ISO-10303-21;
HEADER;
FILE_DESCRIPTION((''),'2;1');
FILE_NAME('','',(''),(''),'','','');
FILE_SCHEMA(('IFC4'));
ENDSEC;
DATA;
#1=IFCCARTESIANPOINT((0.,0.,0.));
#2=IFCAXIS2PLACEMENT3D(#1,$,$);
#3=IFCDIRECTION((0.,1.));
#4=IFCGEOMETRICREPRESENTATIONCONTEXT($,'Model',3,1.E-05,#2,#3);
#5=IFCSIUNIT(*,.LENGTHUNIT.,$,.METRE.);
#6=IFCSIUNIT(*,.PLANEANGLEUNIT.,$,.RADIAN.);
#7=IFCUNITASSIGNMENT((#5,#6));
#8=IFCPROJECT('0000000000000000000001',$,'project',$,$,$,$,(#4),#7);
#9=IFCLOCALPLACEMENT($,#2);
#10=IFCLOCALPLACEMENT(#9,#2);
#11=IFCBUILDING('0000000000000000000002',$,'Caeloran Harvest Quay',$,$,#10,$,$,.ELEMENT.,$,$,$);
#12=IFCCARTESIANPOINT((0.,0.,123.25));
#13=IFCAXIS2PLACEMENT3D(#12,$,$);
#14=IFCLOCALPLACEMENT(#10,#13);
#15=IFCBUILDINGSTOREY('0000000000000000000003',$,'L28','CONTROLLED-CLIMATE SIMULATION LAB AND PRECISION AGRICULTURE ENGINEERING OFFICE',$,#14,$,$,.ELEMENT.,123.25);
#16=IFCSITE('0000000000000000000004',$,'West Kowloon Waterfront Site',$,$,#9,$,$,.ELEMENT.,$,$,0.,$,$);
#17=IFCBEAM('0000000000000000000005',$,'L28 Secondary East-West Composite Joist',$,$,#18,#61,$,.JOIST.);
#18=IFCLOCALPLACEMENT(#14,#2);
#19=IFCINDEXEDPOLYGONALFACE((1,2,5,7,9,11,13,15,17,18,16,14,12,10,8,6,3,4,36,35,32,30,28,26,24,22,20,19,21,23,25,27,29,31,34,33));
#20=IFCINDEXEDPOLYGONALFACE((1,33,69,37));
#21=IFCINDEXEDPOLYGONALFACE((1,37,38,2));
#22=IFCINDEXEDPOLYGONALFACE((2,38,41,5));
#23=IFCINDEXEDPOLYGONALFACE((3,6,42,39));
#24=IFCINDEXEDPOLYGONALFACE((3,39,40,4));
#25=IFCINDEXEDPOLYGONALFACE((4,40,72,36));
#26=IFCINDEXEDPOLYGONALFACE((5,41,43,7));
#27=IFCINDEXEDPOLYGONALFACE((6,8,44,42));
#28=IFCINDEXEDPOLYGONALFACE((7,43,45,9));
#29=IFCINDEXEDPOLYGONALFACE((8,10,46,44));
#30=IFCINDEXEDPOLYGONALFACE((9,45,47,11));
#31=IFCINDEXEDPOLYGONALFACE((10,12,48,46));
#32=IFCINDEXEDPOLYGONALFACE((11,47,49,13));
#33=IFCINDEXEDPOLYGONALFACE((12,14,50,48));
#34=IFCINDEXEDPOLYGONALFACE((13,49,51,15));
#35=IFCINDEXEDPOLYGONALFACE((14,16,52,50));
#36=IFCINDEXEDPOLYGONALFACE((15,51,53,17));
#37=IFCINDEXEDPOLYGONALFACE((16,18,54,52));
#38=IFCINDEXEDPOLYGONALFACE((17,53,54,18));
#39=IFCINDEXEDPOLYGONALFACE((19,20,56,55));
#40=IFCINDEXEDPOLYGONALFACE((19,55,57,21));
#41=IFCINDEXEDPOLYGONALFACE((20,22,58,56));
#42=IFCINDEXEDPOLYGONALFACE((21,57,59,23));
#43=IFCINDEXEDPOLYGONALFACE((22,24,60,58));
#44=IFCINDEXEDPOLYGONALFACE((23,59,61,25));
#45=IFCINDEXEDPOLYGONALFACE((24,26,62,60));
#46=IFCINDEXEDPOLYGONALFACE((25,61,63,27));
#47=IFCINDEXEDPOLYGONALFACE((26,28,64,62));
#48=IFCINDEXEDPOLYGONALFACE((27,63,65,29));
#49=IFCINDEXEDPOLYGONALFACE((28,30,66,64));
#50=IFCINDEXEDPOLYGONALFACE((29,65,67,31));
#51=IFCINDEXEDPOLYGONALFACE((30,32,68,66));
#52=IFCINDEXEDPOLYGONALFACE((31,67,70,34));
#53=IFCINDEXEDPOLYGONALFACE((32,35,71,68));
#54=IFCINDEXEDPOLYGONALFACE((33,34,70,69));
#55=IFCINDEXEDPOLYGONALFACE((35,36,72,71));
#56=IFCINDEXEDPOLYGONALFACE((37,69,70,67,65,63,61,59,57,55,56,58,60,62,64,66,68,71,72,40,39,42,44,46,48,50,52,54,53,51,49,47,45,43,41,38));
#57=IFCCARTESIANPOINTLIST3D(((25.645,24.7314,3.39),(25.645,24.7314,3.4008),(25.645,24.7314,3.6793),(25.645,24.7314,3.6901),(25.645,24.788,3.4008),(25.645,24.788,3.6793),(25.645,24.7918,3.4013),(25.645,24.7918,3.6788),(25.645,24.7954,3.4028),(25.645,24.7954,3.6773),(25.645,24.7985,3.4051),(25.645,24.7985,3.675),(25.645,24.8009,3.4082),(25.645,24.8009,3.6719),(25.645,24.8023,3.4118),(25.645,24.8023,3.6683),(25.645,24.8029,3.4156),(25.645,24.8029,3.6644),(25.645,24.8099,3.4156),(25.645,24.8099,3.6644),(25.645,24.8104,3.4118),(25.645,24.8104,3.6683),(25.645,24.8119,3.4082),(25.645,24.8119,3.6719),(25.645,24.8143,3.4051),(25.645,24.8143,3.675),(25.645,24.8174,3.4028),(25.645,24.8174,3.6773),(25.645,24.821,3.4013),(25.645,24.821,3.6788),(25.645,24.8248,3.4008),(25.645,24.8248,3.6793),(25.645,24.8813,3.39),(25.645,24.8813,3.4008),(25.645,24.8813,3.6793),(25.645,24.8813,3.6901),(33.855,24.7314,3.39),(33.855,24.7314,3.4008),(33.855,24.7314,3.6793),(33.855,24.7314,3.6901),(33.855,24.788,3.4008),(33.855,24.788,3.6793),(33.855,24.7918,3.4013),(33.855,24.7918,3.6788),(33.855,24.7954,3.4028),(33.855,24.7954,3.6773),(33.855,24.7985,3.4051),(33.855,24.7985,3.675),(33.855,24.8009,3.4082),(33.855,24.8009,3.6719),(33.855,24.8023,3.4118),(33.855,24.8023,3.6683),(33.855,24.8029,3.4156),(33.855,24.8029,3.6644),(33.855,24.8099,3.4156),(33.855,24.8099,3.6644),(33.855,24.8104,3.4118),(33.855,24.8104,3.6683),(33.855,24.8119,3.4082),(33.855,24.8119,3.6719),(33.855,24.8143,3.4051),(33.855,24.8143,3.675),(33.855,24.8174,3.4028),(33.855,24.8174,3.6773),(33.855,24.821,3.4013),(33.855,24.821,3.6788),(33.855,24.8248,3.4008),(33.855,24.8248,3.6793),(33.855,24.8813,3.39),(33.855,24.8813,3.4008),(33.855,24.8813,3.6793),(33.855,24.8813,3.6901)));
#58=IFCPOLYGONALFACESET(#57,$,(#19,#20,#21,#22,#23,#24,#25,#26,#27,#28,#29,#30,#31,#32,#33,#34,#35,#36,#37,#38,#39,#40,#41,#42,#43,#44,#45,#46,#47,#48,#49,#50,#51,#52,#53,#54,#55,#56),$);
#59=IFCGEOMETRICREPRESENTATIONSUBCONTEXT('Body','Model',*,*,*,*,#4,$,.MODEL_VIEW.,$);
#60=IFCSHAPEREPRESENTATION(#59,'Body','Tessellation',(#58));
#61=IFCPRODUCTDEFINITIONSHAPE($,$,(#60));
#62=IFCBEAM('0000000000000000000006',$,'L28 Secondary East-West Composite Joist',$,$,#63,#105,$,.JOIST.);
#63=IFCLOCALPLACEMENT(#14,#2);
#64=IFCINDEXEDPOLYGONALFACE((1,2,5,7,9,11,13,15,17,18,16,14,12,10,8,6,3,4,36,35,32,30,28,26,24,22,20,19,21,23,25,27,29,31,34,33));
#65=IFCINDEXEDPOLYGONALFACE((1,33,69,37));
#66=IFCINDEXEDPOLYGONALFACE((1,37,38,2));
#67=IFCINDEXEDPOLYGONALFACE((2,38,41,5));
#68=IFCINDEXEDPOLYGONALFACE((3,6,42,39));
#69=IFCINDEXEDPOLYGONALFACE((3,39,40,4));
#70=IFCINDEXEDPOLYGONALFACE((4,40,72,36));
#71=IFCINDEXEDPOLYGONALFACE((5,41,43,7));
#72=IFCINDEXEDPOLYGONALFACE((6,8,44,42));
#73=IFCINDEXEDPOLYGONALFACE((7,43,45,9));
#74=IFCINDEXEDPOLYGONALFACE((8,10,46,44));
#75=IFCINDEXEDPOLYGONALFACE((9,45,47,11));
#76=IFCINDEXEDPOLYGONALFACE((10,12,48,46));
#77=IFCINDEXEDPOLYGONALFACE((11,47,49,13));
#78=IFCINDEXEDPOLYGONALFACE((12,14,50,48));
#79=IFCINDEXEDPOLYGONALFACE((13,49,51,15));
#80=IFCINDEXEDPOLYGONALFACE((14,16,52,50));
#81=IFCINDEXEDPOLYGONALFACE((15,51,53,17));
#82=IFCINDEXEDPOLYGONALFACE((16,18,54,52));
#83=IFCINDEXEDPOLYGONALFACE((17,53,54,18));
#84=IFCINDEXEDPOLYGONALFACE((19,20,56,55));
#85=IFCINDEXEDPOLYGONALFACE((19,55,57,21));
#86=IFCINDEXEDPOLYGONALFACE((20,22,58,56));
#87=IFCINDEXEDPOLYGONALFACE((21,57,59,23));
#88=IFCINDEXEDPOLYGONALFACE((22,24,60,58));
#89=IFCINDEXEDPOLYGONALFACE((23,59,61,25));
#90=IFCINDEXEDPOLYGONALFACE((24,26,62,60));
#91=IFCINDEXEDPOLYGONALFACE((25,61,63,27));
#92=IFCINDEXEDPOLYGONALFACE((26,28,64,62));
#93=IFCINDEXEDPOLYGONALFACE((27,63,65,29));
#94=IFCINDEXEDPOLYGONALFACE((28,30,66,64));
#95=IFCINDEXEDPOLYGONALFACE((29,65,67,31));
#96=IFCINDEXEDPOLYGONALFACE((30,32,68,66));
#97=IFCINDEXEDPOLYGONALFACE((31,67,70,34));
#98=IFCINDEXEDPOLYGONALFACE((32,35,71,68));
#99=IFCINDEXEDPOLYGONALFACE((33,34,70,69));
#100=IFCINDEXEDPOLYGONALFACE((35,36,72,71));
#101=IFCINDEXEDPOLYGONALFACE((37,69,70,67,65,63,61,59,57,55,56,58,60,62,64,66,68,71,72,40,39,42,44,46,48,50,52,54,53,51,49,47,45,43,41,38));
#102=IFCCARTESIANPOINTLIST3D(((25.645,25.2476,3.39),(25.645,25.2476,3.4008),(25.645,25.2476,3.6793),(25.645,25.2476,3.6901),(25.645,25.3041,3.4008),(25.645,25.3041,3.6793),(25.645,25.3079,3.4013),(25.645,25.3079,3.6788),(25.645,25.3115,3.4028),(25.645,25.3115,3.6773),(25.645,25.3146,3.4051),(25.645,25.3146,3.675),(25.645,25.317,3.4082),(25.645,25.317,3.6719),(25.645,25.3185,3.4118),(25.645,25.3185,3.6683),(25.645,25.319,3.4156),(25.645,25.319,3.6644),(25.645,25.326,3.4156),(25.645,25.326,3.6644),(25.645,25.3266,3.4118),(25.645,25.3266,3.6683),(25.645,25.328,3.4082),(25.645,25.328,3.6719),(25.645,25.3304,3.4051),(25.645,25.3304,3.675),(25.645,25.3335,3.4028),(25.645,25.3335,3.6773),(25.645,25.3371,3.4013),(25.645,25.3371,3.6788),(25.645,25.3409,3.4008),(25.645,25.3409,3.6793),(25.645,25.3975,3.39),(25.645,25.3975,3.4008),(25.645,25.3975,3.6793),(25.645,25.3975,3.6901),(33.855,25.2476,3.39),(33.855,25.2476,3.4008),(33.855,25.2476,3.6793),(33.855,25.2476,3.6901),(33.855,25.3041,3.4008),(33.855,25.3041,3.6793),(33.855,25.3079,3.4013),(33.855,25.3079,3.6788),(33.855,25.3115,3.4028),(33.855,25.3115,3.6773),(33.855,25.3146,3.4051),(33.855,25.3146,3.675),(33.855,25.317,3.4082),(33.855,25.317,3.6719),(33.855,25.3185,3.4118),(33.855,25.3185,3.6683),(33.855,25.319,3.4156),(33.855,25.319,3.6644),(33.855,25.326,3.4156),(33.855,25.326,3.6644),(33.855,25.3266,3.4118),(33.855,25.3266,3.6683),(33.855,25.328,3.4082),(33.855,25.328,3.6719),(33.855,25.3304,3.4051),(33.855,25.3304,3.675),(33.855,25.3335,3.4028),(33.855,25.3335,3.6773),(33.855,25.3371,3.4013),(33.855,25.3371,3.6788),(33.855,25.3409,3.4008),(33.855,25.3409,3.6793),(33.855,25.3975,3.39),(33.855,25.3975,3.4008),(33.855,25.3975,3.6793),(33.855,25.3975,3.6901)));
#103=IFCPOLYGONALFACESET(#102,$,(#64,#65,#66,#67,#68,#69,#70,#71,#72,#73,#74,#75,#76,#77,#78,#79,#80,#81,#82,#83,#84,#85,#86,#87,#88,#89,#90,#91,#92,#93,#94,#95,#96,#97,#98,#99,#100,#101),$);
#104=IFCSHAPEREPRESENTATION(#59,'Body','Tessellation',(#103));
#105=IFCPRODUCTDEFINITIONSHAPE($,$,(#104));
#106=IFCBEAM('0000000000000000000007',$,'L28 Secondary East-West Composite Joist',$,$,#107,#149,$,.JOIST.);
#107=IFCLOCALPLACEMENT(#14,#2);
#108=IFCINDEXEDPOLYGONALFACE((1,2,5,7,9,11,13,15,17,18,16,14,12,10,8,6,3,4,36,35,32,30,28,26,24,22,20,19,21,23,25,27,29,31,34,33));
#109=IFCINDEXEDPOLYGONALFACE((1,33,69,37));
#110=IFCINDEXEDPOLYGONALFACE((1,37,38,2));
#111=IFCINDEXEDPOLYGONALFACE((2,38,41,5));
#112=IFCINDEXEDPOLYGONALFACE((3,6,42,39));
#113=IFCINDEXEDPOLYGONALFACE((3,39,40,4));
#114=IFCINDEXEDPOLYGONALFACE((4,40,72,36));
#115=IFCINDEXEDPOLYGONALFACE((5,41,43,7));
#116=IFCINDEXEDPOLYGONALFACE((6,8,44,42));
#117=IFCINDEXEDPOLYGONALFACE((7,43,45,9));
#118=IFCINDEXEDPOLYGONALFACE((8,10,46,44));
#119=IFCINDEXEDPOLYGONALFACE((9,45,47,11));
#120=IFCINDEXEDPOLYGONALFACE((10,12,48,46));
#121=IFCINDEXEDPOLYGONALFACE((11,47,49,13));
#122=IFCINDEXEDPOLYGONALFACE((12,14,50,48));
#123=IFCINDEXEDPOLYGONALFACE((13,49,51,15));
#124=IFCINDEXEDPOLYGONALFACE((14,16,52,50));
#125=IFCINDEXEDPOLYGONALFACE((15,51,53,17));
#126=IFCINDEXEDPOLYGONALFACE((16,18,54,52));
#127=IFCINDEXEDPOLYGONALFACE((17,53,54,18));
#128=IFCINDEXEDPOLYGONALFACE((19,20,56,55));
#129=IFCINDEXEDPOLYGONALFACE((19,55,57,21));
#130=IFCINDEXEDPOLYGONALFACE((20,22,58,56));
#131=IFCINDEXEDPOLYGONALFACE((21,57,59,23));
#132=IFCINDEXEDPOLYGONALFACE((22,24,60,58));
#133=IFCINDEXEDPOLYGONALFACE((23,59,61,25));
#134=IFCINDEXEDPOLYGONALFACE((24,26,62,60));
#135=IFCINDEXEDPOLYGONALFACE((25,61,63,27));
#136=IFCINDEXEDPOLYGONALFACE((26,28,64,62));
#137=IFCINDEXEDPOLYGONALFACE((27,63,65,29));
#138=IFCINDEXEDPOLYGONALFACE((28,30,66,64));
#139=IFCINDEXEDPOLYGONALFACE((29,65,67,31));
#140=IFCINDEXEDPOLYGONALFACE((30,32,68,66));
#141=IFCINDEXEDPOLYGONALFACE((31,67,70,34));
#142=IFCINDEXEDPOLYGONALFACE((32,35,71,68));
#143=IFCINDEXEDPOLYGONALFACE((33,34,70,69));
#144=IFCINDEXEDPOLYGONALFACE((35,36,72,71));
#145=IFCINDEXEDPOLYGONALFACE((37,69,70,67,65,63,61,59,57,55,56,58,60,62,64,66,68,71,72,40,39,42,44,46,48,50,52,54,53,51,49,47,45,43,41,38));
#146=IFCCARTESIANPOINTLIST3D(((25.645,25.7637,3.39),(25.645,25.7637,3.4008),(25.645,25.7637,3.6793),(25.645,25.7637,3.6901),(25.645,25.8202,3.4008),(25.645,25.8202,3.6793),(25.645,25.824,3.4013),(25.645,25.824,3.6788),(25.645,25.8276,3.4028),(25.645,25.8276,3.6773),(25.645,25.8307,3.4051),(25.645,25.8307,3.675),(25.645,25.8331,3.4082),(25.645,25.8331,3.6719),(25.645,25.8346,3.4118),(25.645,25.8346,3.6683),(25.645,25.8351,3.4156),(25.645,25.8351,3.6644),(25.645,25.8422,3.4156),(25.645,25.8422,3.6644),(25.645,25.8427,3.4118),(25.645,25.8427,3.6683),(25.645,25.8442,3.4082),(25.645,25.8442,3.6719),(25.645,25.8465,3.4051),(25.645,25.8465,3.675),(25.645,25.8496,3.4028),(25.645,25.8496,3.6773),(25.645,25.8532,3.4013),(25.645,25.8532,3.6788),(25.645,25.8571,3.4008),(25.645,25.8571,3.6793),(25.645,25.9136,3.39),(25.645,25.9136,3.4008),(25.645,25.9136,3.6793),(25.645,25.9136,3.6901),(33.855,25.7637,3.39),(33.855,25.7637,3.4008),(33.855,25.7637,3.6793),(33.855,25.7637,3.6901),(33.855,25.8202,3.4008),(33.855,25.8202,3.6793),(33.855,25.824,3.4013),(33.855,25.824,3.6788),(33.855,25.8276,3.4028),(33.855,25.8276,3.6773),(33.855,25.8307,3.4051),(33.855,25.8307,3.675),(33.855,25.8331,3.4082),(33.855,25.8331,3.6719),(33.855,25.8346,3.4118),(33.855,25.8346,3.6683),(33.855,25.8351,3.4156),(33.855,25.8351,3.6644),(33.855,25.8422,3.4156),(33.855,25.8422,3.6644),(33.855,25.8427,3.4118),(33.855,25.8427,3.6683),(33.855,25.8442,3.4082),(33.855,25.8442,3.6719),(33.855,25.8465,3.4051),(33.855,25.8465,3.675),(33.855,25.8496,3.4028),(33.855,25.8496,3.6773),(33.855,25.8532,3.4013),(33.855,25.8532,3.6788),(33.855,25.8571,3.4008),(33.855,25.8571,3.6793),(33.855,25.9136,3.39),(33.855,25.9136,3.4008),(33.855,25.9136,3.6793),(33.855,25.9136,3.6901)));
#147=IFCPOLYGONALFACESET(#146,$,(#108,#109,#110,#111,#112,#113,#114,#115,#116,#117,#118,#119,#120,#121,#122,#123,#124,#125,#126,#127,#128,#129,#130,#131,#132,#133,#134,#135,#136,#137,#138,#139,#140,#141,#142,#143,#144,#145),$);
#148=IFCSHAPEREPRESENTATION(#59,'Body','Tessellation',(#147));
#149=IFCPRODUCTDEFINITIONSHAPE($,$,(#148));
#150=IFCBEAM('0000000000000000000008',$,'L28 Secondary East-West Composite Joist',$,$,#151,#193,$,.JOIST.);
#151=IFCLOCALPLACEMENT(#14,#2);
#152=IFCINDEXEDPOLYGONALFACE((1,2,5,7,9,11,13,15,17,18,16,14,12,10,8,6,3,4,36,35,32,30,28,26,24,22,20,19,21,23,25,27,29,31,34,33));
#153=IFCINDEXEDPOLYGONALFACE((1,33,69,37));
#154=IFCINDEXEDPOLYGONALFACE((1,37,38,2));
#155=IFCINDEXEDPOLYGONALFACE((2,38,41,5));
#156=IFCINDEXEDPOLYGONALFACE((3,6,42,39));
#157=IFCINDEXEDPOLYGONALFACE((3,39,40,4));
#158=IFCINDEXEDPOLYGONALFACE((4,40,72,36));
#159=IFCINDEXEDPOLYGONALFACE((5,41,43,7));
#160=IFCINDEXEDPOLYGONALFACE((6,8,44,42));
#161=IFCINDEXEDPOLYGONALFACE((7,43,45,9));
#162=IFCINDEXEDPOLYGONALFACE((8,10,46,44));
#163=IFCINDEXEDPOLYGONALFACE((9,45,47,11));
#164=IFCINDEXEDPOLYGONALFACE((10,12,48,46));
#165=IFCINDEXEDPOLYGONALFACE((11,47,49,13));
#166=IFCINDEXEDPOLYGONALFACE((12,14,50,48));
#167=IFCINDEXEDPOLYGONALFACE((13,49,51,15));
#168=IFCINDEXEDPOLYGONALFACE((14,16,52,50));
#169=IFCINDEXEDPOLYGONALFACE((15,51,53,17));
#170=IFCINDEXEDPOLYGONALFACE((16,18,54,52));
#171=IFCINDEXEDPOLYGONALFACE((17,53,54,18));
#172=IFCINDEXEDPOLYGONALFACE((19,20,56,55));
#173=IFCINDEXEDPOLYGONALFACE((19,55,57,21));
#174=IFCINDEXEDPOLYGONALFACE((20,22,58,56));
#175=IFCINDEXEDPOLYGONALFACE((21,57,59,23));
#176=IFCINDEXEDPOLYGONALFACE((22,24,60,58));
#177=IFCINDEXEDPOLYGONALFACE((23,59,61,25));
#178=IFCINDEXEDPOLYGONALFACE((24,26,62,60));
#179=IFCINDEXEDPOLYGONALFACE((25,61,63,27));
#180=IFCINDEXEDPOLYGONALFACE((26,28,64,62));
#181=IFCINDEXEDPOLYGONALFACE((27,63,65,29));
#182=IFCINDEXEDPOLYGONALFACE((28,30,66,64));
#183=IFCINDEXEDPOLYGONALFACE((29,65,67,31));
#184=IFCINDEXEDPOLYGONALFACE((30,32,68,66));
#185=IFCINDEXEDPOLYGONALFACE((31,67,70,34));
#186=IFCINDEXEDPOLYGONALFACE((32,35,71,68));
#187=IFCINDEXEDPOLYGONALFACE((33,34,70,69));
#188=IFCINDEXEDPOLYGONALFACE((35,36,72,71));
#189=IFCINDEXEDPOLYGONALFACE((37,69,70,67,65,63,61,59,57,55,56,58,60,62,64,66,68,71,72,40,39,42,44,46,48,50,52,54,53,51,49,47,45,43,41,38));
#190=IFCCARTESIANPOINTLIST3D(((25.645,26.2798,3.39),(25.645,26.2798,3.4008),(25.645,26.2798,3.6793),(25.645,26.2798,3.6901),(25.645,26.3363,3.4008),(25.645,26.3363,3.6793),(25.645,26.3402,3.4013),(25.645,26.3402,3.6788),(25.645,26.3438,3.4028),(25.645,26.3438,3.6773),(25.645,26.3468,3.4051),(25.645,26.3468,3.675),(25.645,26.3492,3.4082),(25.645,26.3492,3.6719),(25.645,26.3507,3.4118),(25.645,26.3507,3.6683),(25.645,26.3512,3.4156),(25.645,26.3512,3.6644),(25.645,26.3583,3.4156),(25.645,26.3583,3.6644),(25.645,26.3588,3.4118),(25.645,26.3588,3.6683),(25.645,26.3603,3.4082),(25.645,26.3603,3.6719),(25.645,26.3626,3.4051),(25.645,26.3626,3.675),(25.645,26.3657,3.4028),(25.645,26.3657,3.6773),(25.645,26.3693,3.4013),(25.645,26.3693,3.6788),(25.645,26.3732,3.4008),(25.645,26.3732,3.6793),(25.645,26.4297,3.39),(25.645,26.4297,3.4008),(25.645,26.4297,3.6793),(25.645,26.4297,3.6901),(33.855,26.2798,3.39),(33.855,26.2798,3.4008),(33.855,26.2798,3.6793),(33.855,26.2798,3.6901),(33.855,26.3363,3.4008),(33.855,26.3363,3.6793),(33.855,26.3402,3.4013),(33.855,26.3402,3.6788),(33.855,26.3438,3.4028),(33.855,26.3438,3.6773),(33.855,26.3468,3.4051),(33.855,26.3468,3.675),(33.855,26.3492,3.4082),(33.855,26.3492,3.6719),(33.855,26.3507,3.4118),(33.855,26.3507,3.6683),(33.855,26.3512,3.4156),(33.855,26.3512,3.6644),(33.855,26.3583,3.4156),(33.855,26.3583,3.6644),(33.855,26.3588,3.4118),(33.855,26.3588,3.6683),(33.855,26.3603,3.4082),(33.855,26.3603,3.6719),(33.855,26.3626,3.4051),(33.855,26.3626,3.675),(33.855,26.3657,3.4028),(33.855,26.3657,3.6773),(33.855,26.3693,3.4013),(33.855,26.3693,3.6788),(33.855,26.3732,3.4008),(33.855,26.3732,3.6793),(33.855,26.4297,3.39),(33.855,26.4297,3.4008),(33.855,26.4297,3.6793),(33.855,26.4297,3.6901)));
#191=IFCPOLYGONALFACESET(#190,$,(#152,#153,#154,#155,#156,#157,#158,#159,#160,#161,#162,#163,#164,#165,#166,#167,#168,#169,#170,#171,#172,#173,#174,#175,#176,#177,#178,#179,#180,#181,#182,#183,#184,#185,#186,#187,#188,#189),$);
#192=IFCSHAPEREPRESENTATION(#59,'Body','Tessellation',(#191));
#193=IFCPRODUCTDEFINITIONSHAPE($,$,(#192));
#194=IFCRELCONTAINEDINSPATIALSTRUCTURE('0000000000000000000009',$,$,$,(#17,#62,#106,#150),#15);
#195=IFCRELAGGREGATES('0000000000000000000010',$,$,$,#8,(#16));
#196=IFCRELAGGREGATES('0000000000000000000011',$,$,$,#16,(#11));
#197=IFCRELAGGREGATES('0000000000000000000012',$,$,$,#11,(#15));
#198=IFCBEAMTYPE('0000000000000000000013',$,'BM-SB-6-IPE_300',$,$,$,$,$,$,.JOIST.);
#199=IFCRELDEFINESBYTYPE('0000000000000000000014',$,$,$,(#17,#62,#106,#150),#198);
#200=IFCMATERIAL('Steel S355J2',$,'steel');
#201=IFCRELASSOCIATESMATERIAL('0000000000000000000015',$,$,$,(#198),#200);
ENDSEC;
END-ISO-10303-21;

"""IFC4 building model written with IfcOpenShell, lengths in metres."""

from ifc_helpers import new_model, si_unit, direction, frame, origin, origin_2d, place, context, subcontext, project, spatial, i_section, extrude, material, material_profile, profile_set, type_object, element, save


model = new_model("IFC4")

# Units and contexts
model_context = context("Model", 3, precision=1e-05, world=origin(), true_north=direction((0.0, 1.0)))
body_context = subcontext(model_context, "Body", "Model", "MODEL_VIEW")
ifc_project = project(units=[si_unit("LENGTHUNIT", "METRE"), si_unit("PLANEANGLEUNIT", "RADIAN")], contexts=[model_context])

# Site, building, storey
site_placement = place(None, origin())
site = spatial("IfcSite", under=ifc_project, at=site_placement, Name="West Kowloon Waterfront Site", CompositionType="ELEMENT", RefElevation=0.0)
building_placement = place(site_placement, origin())
building = spatial("IfcBuilding", under=site, at=building_placement, Name="Caeloran Harvest Quay", CompositionType="ELEMENT")
storey_placement = place(building_placement, frame((0.0, 0.0, 123.25)))
storey = spatial("IfcBuildingStorey", under=building, at=storey_placement, Name="L28", Description="CONTROLLED-CLIMATE SIMULATION LAB AND PRECISION AGRICULTURE ENGINEERING OFFICE", CompositionType="ELEMENT", Elevation=123.25)

# Beams
ifc_material = material(Name="Steel S355J2", Category="steel")
ifc_material_profile_1 = material_profile(ifc_material, i_section(OverallWidth=0.1499, OverallDepth=0.3, WebThickness=0.0071, FlangeThickness=0.0107, FilletRadius=0.0149, at=origin_2d()), Name="IPE 300")
ifc_profile_set_1 = profile_set([ifc_material_profile_1], Name="Steel S355J2")
beam_type_1 = type_object("IfcBeamType", Name="BM-SB-6-IPE_300", PredefinedType="JOIST", material=ifc_profile_set_1)
for number, where, z_axis, x_axis, name in (
    (1, (25.645, 24.8064, 3.54), (1.0, 0.0, 0.0), (0.0, 1.0, 0.0), "L28 Secondary East-West Composite Joist"),
    (2, (25.645, 25.3225, 3.54), (1.0, 0.0, 0.0), (0.0, 1.0, 0.0), "L28 Secondary East-West Composite Joist"),
    (3, (25.645, 25.8386, 3.54), (1.0, 0.0, 0.0), (0.0, 1.0, 0.0), "L28 Secondary East-West Composite Joist"),
    (4, (25.645, 26.3547, 3.54), (1.0, 0.0, 0.0), (0.0, 1.0, 0.0), "L28 Secondary East-West Composite Joist"),
):
    element("IfcBeam", number, at=place(storey_placement, frame(where, z_axis=z_axis, x_axis=x_axis)), inside=storey, type_object=beam_type_1, Name=name, PredefinedType="JOIST", context=body_context, shape_type="SweptSolid", body=[
        extrude(i_section(OverallWidth=0.1499, OverallDepth=0.3, WebThickness=0.0071, FlangeThickness=0.0107, FilletRadius=0.0149, at=origin_2d()), origin(), (0.0, 0.0, 1.0), 8.21),
    ])

save(model, "model.ifc")
